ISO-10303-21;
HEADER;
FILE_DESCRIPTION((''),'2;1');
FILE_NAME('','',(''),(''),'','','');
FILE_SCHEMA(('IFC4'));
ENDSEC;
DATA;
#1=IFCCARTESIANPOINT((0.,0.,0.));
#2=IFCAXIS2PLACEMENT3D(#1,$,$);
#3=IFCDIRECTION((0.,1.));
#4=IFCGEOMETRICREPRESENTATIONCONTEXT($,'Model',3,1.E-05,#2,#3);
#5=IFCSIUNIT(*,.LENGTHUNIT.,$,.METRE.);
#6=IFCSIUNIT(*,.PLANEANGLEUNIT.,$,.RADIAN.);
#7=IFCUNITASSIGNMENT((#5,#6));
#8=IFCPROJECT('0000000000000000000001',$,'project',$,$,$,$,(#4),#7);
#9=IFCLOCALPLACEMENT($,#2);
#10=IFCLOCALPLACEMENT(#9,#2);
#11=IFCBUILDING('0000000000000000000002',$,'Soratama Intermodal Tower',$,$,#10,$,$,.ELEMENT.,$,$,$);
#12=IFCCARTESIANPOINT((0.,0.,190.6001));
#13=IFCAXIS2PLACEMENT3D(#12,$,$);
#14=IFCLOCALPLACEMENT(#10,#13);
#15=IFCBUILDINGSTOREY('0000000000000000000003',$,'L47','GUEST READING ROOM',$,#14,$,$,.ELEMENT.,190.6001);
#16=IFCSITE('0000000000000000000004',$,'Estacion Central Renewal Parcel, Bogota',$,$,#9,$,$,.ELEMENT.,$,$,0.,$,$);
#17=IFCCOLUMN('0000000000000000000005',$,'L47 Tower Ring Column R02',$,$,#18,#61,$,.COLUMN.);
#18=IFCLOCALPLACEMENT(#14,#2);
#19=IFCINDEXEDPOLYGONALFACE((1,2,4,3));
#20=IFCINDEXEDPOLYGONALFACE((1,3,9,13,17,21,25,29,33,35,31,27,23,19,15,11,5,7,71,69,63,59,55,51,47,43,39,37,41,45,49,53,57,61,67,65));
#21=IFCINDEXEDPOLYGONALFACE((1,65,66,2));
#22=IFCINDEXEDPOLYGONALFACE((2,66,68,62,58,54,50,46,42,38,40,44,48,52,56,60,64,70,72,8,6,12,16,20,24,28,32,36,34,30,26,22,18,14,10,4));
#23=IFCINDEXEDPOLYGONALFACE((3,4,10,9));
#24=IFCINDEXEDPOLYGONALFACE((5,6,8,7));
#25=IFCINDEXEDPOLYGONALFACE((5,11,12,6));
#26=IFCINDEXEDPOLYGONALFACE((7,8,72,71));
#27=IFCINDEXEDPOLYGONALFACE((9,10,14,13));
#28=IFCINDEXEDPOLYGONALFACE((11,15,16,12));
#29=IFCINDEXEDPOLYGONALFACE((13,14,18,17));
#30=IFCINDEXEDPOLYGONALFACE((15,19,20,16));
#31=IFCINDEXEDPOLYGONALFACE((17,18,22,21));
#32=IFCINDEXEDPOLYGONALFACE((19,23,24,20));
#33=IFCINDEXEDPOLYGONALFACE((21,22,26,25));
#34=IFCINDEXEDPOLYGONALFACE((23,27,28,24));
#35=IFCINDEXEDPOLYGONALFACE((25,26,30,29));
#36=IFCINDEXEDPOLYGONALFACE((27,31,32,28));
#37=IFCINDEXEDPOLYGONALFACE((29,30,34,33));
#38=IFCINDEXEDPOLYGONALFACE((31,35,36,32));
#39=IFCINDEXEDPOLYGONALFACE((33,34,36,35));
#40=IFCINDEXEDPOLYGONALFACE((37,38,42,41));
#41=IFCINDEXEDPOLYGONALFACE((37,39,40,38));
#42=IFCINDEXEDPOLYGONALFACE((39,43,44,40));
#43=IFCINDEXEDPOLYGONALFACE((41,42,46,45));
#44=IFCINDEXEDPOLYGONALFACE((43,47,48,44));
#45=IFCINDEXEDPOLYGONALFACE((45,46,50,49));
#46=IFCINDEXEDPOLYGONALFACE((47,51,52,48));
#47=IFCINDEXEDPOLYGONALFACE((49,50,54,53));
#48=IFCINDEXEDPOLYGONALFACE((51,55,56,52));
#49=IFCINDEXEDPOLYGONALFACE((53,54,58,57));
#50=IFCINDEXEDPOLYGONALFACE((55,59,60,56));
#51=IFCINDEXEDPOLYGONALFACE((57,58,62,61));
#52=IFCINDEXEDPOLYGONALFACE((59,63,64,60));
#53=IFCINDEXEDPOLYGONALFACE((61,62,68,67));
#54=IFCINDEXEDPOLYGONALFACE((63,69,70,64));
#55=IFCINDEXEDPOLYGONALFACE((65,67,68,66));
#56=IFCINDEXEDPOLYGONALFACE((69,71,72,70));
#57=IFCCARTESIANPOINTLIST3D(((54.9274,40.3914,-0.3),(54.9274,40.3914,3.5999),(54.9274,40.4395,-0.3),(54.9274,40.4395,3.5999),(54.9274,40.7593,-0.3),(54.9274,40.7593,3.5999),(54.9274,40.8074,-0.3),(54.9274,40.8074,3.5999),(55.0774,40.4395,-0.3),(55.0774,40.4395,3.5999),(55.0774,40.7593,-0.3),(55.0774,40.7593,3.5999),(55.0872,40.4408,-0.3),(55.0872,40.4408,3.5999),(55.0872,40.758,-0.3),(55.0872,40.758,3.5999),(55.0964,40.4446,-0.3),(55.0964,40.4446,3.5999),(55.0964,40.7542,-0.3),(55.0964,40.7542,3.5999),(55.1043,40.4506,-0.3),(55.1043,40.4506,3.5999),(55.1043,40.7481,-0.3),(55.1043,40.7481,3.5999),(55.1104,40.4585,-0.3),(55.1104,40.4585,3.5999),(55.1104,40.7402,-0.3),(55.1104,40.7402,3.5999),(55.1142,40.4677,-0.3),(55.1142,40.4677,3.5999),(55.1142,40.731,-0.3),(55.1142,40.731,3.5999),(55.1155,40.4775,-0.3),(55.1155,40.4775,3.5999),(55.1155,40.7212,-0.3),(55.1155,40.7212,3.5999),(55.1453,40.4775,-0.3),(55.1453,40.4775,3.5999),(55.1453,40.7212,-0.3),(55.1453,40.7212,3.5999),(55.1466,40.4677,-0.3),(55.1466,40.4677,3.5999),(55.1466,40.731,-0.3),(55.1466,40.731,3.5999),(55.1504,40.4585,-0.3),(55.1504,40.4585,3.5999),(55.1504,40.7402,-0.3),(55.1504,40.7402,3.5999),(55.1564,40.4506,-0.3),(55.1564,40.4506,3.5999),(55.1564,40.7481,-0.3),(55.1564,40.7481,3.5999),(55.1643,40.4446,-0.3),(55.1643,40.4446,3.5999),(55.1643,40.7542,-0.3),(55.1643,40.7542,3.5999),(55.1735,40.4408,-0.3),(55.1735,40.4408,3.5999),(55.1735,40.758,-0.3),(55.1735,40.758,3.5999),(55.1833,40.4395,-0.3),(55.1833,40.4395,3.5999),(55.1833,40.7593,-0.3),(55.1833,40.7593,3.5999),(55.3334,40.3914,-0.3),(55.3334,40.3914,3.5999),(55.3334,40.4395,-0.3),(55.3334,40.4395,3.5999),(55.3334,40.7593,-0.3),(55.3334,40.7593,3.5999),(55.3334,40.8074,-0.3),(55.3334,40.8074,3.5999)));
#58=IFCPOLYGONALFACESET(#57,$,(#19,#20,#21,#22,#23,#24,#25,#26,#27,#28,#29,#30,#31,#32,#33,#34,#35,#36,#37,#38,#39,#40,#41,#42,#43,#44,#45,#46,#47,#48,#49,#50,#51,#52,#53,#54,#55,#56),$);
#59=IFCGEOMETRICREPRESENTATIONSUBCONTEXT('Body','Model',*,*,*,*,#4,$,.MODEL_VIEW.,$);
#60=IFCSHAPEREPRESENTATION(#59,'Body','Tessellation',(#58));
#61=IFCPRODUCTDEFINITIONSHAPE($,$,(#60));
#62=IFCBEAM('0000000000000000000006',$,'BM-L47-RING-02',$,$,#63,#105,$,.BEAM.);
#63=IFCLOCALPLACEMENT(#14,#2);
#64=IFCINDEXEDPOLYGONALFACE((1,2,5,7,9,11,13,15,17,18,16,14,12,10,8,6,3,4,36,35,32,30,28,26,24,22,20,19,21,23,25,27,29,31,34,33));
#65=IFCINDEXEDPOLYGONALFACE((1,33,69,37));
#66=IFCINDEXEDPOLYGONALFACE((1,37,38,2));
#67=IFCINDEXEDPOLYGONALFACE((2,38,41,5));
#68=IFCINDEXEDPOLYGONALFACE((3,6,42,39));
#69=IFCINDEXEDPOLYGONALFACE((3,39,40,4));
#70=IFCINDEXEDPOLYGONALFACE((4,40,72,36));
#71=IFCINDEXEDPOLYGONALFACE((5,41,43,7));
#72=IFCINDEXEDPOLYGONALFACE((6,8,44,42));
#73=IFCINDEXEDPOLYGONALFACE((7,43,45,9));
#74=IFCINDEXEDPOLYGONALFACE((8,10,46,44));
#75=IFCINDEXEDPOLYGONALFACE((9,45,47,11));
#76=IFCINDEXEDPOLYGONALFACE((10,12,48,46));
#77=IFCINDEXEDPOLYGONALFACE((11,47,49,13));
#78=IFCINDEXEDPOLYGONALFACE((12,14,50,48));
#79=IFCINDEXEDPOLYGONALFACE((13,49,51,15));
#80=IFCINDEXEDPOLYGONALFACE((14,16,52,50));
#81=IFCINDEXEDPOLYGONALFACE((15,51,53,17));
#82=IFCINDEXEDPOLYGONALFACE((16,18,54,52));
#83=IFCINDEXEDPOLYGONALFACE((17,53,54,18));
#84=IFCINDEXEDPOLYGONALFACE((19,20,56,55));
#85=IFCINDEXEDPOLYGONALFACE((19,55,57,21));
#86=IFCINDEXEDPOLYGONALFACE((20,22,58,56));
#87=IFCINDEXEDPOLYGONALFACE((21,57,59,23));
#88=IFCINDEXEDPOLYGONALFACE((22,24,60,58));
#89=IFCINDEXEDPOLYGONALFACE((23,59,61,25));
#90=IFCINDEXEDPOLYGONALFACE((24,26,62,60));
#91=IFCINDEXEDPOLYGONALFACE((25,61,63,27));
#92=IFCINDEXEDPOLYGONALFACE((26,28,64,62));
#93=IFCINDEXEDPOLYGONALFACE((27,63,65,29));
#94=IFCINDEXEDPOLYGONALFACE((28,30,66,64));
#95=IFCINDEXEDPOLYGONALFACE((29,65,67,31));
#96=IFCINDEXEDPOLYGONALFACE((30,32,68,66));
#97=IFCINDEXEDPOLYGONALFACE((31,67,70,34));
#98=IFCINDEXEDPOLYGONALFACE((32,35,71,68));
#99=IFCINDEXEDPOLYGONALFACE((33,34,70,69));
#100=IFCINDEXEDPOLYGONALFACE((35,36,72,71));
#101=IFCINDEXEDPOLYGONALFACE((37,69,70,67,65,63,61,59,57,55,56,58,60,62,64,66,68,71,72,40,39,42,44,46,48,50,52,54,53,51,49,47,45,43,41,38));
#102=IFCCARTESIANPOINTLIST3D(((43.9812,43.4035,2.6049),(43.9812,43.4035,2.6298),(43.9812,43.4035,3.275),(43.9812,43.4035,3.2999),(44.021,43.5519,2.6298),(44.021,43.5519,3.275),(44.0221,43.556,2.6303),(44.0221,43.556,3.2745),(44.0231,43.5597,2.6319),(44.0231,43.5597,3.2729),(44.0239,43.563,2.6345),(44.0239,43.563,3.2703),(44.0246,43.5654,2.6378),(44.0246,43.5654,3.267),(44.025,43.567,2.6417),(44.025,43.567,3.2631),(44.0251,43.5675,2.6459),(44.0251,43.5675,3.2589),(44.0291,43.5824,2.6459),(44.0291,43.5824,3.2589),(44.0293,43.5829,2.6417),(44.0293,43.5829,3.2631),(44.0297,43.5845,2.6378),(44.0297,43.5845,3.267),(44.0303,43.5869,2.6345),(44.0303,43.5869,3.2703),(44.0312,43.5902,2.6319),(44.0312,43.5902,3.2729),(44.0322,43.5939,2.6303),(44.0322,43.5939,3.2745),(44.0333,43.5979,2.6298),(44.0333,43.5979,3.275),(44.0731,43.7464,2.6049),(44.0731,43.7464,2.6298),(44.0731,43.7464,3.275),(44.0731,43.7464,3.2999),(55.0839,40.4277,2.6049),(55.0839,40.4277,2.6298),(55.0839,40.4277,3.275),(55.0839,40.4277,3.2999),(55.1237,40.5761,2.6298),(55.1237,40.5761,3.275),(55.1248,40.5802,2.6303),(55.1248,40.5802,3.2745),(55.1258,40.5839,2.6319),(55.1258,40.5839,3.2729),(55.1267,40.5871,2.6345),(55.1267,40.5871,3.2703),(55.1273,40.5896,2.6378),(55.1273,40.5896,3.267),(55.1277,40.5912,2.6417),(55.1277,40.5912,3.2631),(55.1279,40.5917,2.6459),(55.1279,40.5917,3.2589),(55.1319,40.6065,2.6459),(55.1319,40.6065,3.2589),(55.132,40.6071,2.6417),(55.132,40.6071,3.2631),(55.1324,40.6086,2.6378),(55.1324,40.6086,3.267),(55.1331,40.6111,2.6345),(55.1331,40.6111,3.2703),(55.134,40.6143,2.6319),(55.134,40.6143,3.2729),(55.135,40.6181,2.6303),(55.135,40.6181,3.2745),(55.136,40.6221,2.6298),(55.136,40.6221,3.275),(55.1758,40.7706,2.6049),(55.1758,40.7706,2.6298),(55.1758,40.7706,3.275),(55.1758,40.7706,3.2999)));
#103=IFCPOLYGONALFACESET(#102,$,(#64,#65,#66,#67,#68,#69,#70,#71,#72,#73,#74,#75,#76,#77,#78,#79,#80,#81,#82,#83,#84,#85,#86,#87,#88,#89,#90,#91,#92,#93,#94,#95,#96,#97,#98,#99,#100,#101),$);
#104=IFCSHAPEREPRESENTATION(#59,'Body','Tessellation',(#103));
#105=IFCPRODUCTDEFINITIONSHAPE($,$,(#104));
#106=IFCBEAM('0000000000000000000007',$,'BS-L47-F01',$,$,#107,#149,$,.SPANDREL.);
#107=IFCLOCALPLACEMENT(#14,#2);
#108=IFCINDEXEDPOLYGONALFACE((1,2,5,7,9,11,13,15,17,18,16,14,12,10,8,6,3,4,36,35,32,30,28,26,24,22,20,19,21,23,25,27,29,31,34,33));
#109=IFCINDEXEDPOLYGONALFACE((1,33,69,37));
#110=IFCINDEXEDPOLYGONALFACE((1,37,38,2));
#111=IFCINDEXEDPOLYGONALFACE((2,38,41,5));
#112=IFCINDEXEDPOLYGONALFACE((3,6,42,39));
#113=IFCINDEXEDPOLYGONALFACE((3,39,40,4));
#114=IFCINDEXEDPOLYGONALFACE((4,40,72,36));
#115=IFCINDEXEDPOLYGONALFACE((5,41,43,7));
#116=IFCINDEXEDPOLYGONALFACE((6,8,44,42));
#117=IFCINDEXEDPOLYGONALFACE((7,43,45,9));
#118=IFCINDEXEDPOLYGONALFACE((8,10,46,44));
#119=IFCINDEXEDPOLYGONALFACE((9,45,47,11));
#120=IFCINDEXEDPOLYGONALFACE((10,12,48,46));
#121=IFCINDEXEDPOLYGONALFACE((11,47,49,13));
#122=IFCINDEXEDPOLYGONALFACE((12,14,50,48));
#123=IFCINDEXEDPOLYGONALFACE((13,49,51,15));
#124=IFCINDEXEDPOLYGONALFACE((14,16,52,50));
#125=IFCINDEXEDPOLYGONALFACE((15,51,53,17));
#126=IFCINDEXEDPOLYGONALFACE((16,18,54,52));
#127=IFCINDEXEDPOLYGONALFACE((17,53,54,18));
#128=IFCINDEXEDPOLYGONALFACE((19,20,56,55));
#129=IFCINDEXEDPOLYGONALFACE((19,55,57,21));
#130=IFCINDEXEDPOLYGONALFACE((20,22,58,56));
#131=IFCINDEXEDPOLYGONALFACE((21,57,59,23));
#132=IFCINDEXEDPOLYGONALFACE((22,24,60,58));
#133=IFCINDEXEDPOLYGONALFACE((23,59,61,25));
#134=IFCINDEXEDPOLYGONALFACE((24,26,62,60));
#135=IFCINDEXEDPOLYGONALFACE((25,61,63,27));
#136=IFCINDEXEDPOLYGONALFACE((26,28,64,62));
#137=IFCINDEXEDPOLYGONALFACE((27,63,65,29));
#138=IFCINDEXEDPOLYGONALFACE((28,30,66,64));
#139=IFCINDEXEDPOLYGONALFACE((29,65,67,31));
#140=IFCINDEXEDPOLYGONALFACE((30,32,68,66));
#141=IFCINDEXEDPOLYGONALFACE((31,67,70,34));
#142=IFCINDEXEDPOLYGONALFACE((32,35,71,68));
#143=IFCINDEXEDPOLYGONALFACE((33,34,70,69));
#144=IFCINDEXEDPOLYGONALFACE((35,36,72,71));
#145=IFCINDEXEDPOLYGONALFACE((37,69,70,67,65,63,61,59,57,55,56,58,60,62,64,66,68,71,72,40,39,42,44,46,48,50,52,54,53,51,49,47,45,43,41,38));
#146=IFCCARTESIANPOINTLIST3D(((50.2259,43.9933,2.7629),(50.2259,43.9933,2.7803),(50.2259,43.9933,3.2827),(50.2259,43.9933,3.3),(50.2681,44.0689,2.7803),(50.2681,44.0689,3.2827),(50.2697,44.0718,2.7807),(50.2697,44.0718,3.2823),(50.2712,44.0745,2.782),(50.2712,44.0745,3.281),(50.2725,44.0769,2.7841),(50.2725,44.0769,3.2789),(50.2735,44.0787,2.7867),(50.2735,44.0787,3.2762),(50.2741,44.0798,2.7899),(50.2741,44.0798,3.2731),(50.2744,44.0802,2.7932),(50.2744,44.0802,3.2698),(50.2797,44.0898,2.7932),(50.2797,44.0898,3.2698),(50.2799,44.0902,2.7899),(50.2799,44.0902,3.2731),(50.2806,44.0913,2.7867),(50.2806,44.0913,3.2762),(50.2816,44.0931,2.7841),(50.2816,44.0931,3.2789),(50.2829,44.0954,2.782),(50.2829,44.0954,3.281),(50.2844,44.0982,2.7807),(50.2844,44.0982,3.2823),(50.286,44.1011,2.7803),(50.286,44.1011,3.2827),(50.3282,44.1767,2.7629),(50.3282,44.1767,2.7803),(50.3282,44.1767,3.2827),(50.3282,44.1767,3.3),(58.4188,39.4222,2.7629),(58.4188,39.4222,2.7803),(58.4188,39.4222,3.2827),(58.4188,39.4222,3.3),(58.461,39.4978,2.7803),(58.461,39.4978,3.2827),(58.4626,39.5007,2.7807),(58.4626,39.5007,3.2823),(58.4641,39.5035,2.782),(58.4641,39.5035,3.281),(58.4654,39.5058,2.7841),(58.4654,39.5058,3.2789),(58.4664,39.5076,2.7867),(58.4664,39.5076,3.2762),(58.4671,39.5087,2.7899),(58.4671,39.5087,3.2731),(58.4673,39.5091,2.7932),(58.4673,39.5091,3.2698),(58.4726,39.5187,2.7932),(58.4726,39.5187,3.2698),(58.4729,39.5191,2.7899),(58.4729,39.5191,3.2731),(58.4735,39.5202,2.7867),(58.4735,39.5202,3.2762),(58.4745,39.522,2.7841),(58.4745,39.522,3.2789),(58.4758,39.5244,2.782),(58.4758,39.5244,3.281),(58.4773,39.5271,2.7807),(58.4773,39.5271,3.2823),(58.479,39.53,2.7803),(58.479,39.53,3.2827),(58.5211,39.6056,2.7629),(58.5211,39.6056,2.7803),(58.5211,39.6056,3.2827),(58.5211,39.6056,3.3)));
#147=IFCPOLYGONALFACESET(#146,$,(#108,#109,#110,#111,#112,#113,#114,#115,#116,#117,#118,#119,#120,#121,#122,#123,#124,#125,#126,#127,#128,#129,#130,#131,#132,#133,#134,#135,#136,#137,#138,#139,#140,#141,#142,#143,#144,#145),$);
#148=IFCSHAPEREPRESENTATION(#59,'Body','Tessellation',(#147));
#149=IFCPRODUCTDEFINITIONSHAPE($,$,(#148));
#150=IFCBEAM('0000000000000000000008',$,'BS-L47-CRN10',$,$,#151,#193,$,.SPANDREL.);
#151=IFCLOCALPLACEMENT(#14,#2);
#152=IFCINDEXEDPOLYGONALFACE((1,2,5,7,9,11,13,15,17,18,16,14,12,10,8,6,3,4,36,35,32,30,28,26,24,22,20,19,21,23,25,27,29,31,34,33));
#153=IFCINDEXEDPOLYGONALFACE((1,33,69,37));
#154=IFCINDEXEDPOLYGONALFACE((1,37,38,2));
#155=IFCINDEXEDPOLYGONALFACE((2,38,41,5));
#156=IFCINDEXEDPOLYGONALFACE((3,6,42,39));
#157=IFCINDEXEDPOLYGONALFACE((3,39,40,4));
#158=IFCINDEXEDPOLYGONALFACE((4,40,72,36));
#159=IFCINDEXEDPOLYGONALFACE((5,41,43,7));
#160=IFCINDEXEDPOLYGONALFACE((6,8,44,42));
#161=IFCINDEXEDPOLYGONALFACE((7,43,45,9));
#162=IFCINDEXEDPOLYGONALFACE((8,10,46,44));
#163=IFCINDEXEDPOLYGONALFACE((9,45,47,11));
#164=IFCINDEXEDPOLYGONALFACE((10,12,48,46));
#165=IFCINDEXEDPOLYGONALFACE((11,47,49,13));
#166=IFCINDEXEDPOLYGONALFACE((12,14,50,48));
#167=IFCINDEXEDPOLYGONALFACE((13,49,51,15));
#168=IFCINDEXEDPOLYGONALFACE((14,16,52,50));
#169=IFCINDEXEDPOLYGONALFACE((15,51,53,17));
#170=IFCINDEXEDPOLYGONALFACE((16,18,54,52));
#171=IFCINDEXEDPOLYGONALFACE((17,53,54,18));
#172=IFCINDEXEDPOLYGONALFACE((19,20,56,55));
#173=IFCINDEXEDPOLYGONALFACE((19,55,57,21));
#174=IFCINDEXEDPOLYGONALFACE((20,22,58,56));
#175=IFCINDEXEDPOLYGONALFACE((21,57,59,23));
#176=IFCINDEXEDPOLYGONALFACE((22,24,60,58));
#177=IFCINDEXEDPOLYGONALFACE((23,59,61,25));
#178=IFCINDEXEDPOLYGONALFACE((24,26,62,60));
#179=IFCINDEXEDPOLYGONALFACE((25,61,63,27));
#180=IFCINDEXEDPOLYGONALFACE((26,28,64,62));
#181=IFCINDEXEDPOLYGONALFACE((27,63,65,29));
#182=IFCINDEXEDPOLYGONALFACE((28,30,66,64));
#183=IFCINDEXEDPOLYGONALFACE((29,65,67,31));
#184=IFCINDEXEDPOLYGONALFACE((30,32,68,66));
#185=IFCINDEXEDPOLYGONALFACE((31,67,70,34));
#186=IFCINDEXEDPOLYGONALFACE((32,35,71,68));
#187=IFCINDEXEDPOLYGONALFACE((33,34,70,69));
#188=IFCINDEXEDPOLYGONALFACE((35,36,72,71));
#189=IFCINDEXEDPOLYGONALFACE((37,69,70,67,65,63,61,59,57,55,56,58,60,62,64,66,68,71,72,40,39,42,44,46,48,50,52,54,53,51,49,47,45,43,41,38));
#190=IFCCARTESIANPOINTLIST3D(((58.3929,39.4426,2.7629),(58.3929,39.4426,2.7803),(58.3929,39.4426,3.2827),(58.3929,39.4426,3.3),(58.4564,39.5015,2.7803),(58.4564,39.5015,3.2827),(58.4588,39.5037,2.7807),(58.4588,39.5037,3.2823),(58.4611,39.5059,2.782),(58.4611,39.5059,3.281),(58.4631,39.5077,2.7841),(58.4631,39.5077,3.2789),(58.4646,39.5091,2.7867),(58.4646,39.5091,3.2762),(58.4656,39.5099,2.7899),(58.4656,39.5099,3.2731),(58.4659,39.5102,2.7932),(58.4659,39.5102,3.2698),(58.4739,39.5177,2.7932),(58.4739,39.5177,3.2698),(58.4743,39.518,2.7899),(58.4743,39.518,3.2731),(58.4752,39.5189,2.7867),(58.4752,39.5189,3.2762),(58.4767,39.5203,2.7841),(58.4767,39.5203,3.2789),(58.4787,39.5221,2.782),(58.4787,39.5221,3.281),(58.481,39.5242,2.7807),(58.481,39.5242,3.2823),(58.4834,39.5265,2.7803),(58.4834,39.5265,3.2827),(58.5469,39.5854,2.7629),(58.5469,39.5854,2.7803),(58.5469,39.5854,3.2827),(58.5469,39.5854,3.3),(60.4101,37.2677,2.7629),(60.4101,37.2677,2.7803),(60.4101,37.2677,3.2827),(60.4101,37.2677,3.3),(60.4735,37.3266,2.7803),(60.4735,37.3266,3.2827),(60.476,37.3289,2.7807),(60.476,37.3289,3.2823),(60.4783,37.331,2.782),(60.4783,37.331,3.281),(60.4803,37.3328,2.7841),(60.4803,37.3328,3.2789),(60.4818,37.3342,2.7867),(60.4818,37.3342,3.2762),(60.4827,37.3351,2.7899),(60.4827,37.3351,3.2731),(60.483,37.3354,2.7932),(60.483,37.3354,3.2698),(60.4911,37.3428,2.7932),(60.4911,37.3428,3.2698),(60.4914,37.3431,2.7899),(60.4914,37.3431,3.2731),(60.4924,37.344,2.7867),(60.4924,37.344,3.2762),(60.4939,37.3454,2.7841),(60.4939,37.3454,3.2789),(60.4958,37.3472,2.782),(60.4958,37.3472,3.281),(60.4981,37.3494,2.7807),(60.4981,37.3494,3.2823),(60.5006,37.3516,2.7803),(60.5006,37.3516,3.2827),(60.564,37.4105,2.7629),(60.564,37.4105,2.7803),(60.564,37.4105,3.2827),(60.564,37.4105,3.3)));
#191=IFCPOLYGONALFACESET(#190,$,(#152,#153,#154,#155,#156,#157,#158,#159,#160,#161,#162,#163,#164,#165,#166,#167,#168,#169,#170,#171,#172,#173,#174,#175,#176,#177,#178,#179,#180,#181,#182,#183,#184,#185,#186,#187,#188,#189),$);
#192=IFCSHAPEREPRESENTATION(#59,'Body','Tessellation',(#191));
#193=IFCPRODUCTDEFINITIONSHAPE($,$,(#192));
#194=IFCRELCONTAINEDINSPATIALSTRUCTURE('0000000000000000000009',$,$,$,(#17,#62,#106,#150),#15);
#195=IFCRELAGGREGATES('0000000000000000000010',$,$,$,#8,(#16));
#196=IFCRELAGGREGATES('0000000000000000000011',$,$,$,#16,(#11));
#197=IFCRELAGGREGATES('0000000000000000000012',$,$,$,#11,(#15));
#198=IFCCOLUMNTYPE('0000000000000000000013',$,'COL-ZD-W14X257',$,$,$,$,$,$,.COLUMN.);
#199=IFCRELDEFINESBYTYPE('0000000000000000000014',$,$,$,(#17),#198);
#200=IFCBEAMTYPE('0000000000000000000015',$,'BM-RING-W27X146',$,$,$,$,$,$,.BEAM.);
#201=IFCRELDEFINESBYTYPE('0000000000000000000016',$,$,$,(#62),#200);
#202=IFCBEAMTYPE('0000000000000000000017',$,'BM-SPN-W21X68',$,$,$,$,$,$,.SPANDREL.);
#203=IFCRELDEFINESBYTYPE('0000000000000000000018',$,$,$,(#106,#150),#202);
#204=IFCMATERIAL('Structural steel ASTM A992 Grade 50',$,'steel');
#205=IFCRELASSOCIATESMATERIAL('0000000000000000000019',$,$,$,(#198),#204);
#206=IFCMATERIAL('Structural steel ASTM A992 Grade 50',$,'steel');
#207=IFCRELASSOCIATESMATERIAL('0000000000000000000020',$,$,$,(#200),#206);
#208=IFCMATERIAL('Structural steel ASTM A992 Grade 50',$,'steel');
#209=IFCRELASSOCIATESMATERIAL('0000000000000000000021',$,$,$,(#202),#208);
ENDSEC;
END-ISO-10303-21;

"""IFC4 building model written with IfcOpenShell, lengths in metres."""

from ifc_helpers import new_model, si_unit, direction, frame, origin, origin_2d, place, context, subcontext, project, spatial, i_section, extrude, material, material_profile, profile_set, type_object, element, save


model = new_model("IFC4")

# Units and contexts
model_context = context("Model", 3, precision=1e-05, world=origin(), true_north=direction((0.0, 1.0)))
body_context = subcontext(model_context, "Body", "Model", "MODEL_VIEW")
ifc_project = project(units=[si_unit("LENGTHUNIT", "METRE"), si_unit("PLANEANGLEUNIT", "RADIAN")], contexts=[model_context])

# Site, building, storey
site_placement = place(None, origin())
site = spatial("IfcSite", under=ifc_project, at=site_placement, Name="Estacion Central Renewal Parcel, Bogota", CompositionType="ELEMENT", RefElevation=0.0)
building_placement = place(site_placement, origin())
building = spatial("IfcBuilding", under=site, at=building_placement, Name="Soratama Intermodal Tower", CompositionType="ELEMENT")
storey_placement = place(building_placement, frame((0.0, 0.0, 190.6001)))
storey = spatial("IfcBuildingStorey", under=building, at=storey_placement, Name="L47", Description="GUEST READING ROOM", CompositionType="ELEMENT", Elevation=190.6001)

# Column
ifc_material_1 = material(Name="Structural steel ASTM A992 Grade 50", Category="steel")
ifc_material_profile_1 = material_profile(ifc_material_1, i_section(OverallWidth=0.406, OverallDepth=0.416, WebThickness=0.0298, FlangeThickness=0.0481, FilletRadius=0.0381, at=origin_2d()), Name="W14X257")
ifc_profile_set_1 = profile_set([ifc_material_profile_1], Name="Structural steel ASTM A992 Grade 50")
column_type = type_object("IfcColumnType", Name="COL-ZD-W14X257", PredefinedType="COLUMN", material=ifc_profile_set_1)
column_placement = place(storey_placement, frame((55.1304, 40.5994, -0.3), z_axis=(0.0, 0.0, 1.0), x_axis=(1.0, 0.0, 0.0)))
element("IfcColumn", 1, at=column_placement, inside=storey, type_object=column_type, Name="L47 Tower Ring Column R02", PredefinedType="COLUMN", context=body_context, shape_type="SweptSolid", body=[
    extrude(i_section(OverallWidth=0.406, OverallDepth=0.416, WebThickness=0.0298, FlangeThickness=0.0481, FilletRadius=0.0381, at=origin_2d()), origin(), (0.0, 0.0, 1.0), 3.8999),
])

# Beams
ifc_material_2 = material(Name="Structural steel ASTM A992 Grade 50", Category="steel")
ifc_material_profile_2 = material_profile(ifc_material_2, i_section(OverallWidth=0.355, OverallDepth=0.6951, WebThickness=0.0154, FlangeThickness=0.0249, FilletRadius=0.0161, at=origin_2d()), Name="W27X146")
ifc_profile_set_2 = profile_set([ifc_material_profile_2], Name="Structural steel ASTM A992 Grade 50")
beam_type_1 = type_object("IfcBeamType", Name="BM-RING-W27X146", PredefinedType="BEAM", material=ifc_profile_set_2)
beam_1_placement = place(storey_placement, frame((55.1299, 40.5991, 2.9524), z_axis=(-0.965907, 0.258888, 0.0), x_axis=(-0.258888, -0.965907, 0.0)))
element("IfcBeam", 2, at=beam_1_placement, inside=storey, type_object=beam_type_1, Name="BM-L47-RING-02", PredefinedType="BEAM", context=body_context, shape_type="SweptSolid", body=[
    extrude(i_section(OverallWidth=0.355, OverallDepth=0.6951, WebThickness=0.0154, FlangeThickness=0.0249, FilletRadius=0.0161, at=origin_2d()), origin(), (0.0, 0.0, 1.0), 11.4946),
])
ifc_material_3 = material(Name="Structural steel ASTM A992 Grade 50", Category="steel")
ifc_material_profile_3 = material_profile(ifc_material_3, i_section(OverallWidth=0.21, OverallDepth=0.5371, WebThickness=0.011, FlangeThickness=0.0173, FilletRadius=0.0129, at=origin_2d()), Name="W21X68")
ifc_profile_set_3 = profile_set([ifc_material_profile_3], Name="Structural steel ASTM A992 Grade 50")
beam_type_2 = type_object("IfcBeamType", Name="BM-SPN-W21X68", PredefinedType="SPANDREL", material=ifc_profile_set_3)
beam_2_placement = place(storey_placement, frame((58.47, 39.5139, 3.0315), z_axis=(-0.873276, 0.487226, 0.0), x_axis=(-0.487226, -0.873276, 0.0)))
element("IfcBeam", 3, at=beam_2_placement, inside=storey, type_object=beam_type_2, Name="BS-L47-F01", PredefinedType="SPANDREL", context=body_context, shape_type="SweptSolid", body=[
    extrude(i_section(OverallWidth=0.21, OverallDepth=0.5371, WebThickness=0.011, FlangeThickness=0.0173, FilletRadius=0.0129, at=origin_2d()), origin(), (0.0, 0.0, 1.0), 9.3818),
])
beam_3_placement = place(storey_placement, frame((60.4871, 37.3391, 3.0315), z_axis=(-0.680022, 0.733192, 0.0), x_axis=(-0.733192, -0.680022, 0.0)))
element("IfcBeam", 4, at=beam_3_placement, inside=storey, type_object=beam_type_2, Name="BS-L47-CRN10", PredefinedType="SPANDREL", context=body_context, shape_type="SweptSolid", body=[
    extrude(i_section(OverallWidth=0.21, OverallDepth=0.5371, WebThickness=0.011, FlangeThickness=0.0173, FilletRadius=0.0129, at=origin_2d()), origin(), (0.0, 0.0, 1.0), 2.9663),
])

save(model, "model.ifc")
